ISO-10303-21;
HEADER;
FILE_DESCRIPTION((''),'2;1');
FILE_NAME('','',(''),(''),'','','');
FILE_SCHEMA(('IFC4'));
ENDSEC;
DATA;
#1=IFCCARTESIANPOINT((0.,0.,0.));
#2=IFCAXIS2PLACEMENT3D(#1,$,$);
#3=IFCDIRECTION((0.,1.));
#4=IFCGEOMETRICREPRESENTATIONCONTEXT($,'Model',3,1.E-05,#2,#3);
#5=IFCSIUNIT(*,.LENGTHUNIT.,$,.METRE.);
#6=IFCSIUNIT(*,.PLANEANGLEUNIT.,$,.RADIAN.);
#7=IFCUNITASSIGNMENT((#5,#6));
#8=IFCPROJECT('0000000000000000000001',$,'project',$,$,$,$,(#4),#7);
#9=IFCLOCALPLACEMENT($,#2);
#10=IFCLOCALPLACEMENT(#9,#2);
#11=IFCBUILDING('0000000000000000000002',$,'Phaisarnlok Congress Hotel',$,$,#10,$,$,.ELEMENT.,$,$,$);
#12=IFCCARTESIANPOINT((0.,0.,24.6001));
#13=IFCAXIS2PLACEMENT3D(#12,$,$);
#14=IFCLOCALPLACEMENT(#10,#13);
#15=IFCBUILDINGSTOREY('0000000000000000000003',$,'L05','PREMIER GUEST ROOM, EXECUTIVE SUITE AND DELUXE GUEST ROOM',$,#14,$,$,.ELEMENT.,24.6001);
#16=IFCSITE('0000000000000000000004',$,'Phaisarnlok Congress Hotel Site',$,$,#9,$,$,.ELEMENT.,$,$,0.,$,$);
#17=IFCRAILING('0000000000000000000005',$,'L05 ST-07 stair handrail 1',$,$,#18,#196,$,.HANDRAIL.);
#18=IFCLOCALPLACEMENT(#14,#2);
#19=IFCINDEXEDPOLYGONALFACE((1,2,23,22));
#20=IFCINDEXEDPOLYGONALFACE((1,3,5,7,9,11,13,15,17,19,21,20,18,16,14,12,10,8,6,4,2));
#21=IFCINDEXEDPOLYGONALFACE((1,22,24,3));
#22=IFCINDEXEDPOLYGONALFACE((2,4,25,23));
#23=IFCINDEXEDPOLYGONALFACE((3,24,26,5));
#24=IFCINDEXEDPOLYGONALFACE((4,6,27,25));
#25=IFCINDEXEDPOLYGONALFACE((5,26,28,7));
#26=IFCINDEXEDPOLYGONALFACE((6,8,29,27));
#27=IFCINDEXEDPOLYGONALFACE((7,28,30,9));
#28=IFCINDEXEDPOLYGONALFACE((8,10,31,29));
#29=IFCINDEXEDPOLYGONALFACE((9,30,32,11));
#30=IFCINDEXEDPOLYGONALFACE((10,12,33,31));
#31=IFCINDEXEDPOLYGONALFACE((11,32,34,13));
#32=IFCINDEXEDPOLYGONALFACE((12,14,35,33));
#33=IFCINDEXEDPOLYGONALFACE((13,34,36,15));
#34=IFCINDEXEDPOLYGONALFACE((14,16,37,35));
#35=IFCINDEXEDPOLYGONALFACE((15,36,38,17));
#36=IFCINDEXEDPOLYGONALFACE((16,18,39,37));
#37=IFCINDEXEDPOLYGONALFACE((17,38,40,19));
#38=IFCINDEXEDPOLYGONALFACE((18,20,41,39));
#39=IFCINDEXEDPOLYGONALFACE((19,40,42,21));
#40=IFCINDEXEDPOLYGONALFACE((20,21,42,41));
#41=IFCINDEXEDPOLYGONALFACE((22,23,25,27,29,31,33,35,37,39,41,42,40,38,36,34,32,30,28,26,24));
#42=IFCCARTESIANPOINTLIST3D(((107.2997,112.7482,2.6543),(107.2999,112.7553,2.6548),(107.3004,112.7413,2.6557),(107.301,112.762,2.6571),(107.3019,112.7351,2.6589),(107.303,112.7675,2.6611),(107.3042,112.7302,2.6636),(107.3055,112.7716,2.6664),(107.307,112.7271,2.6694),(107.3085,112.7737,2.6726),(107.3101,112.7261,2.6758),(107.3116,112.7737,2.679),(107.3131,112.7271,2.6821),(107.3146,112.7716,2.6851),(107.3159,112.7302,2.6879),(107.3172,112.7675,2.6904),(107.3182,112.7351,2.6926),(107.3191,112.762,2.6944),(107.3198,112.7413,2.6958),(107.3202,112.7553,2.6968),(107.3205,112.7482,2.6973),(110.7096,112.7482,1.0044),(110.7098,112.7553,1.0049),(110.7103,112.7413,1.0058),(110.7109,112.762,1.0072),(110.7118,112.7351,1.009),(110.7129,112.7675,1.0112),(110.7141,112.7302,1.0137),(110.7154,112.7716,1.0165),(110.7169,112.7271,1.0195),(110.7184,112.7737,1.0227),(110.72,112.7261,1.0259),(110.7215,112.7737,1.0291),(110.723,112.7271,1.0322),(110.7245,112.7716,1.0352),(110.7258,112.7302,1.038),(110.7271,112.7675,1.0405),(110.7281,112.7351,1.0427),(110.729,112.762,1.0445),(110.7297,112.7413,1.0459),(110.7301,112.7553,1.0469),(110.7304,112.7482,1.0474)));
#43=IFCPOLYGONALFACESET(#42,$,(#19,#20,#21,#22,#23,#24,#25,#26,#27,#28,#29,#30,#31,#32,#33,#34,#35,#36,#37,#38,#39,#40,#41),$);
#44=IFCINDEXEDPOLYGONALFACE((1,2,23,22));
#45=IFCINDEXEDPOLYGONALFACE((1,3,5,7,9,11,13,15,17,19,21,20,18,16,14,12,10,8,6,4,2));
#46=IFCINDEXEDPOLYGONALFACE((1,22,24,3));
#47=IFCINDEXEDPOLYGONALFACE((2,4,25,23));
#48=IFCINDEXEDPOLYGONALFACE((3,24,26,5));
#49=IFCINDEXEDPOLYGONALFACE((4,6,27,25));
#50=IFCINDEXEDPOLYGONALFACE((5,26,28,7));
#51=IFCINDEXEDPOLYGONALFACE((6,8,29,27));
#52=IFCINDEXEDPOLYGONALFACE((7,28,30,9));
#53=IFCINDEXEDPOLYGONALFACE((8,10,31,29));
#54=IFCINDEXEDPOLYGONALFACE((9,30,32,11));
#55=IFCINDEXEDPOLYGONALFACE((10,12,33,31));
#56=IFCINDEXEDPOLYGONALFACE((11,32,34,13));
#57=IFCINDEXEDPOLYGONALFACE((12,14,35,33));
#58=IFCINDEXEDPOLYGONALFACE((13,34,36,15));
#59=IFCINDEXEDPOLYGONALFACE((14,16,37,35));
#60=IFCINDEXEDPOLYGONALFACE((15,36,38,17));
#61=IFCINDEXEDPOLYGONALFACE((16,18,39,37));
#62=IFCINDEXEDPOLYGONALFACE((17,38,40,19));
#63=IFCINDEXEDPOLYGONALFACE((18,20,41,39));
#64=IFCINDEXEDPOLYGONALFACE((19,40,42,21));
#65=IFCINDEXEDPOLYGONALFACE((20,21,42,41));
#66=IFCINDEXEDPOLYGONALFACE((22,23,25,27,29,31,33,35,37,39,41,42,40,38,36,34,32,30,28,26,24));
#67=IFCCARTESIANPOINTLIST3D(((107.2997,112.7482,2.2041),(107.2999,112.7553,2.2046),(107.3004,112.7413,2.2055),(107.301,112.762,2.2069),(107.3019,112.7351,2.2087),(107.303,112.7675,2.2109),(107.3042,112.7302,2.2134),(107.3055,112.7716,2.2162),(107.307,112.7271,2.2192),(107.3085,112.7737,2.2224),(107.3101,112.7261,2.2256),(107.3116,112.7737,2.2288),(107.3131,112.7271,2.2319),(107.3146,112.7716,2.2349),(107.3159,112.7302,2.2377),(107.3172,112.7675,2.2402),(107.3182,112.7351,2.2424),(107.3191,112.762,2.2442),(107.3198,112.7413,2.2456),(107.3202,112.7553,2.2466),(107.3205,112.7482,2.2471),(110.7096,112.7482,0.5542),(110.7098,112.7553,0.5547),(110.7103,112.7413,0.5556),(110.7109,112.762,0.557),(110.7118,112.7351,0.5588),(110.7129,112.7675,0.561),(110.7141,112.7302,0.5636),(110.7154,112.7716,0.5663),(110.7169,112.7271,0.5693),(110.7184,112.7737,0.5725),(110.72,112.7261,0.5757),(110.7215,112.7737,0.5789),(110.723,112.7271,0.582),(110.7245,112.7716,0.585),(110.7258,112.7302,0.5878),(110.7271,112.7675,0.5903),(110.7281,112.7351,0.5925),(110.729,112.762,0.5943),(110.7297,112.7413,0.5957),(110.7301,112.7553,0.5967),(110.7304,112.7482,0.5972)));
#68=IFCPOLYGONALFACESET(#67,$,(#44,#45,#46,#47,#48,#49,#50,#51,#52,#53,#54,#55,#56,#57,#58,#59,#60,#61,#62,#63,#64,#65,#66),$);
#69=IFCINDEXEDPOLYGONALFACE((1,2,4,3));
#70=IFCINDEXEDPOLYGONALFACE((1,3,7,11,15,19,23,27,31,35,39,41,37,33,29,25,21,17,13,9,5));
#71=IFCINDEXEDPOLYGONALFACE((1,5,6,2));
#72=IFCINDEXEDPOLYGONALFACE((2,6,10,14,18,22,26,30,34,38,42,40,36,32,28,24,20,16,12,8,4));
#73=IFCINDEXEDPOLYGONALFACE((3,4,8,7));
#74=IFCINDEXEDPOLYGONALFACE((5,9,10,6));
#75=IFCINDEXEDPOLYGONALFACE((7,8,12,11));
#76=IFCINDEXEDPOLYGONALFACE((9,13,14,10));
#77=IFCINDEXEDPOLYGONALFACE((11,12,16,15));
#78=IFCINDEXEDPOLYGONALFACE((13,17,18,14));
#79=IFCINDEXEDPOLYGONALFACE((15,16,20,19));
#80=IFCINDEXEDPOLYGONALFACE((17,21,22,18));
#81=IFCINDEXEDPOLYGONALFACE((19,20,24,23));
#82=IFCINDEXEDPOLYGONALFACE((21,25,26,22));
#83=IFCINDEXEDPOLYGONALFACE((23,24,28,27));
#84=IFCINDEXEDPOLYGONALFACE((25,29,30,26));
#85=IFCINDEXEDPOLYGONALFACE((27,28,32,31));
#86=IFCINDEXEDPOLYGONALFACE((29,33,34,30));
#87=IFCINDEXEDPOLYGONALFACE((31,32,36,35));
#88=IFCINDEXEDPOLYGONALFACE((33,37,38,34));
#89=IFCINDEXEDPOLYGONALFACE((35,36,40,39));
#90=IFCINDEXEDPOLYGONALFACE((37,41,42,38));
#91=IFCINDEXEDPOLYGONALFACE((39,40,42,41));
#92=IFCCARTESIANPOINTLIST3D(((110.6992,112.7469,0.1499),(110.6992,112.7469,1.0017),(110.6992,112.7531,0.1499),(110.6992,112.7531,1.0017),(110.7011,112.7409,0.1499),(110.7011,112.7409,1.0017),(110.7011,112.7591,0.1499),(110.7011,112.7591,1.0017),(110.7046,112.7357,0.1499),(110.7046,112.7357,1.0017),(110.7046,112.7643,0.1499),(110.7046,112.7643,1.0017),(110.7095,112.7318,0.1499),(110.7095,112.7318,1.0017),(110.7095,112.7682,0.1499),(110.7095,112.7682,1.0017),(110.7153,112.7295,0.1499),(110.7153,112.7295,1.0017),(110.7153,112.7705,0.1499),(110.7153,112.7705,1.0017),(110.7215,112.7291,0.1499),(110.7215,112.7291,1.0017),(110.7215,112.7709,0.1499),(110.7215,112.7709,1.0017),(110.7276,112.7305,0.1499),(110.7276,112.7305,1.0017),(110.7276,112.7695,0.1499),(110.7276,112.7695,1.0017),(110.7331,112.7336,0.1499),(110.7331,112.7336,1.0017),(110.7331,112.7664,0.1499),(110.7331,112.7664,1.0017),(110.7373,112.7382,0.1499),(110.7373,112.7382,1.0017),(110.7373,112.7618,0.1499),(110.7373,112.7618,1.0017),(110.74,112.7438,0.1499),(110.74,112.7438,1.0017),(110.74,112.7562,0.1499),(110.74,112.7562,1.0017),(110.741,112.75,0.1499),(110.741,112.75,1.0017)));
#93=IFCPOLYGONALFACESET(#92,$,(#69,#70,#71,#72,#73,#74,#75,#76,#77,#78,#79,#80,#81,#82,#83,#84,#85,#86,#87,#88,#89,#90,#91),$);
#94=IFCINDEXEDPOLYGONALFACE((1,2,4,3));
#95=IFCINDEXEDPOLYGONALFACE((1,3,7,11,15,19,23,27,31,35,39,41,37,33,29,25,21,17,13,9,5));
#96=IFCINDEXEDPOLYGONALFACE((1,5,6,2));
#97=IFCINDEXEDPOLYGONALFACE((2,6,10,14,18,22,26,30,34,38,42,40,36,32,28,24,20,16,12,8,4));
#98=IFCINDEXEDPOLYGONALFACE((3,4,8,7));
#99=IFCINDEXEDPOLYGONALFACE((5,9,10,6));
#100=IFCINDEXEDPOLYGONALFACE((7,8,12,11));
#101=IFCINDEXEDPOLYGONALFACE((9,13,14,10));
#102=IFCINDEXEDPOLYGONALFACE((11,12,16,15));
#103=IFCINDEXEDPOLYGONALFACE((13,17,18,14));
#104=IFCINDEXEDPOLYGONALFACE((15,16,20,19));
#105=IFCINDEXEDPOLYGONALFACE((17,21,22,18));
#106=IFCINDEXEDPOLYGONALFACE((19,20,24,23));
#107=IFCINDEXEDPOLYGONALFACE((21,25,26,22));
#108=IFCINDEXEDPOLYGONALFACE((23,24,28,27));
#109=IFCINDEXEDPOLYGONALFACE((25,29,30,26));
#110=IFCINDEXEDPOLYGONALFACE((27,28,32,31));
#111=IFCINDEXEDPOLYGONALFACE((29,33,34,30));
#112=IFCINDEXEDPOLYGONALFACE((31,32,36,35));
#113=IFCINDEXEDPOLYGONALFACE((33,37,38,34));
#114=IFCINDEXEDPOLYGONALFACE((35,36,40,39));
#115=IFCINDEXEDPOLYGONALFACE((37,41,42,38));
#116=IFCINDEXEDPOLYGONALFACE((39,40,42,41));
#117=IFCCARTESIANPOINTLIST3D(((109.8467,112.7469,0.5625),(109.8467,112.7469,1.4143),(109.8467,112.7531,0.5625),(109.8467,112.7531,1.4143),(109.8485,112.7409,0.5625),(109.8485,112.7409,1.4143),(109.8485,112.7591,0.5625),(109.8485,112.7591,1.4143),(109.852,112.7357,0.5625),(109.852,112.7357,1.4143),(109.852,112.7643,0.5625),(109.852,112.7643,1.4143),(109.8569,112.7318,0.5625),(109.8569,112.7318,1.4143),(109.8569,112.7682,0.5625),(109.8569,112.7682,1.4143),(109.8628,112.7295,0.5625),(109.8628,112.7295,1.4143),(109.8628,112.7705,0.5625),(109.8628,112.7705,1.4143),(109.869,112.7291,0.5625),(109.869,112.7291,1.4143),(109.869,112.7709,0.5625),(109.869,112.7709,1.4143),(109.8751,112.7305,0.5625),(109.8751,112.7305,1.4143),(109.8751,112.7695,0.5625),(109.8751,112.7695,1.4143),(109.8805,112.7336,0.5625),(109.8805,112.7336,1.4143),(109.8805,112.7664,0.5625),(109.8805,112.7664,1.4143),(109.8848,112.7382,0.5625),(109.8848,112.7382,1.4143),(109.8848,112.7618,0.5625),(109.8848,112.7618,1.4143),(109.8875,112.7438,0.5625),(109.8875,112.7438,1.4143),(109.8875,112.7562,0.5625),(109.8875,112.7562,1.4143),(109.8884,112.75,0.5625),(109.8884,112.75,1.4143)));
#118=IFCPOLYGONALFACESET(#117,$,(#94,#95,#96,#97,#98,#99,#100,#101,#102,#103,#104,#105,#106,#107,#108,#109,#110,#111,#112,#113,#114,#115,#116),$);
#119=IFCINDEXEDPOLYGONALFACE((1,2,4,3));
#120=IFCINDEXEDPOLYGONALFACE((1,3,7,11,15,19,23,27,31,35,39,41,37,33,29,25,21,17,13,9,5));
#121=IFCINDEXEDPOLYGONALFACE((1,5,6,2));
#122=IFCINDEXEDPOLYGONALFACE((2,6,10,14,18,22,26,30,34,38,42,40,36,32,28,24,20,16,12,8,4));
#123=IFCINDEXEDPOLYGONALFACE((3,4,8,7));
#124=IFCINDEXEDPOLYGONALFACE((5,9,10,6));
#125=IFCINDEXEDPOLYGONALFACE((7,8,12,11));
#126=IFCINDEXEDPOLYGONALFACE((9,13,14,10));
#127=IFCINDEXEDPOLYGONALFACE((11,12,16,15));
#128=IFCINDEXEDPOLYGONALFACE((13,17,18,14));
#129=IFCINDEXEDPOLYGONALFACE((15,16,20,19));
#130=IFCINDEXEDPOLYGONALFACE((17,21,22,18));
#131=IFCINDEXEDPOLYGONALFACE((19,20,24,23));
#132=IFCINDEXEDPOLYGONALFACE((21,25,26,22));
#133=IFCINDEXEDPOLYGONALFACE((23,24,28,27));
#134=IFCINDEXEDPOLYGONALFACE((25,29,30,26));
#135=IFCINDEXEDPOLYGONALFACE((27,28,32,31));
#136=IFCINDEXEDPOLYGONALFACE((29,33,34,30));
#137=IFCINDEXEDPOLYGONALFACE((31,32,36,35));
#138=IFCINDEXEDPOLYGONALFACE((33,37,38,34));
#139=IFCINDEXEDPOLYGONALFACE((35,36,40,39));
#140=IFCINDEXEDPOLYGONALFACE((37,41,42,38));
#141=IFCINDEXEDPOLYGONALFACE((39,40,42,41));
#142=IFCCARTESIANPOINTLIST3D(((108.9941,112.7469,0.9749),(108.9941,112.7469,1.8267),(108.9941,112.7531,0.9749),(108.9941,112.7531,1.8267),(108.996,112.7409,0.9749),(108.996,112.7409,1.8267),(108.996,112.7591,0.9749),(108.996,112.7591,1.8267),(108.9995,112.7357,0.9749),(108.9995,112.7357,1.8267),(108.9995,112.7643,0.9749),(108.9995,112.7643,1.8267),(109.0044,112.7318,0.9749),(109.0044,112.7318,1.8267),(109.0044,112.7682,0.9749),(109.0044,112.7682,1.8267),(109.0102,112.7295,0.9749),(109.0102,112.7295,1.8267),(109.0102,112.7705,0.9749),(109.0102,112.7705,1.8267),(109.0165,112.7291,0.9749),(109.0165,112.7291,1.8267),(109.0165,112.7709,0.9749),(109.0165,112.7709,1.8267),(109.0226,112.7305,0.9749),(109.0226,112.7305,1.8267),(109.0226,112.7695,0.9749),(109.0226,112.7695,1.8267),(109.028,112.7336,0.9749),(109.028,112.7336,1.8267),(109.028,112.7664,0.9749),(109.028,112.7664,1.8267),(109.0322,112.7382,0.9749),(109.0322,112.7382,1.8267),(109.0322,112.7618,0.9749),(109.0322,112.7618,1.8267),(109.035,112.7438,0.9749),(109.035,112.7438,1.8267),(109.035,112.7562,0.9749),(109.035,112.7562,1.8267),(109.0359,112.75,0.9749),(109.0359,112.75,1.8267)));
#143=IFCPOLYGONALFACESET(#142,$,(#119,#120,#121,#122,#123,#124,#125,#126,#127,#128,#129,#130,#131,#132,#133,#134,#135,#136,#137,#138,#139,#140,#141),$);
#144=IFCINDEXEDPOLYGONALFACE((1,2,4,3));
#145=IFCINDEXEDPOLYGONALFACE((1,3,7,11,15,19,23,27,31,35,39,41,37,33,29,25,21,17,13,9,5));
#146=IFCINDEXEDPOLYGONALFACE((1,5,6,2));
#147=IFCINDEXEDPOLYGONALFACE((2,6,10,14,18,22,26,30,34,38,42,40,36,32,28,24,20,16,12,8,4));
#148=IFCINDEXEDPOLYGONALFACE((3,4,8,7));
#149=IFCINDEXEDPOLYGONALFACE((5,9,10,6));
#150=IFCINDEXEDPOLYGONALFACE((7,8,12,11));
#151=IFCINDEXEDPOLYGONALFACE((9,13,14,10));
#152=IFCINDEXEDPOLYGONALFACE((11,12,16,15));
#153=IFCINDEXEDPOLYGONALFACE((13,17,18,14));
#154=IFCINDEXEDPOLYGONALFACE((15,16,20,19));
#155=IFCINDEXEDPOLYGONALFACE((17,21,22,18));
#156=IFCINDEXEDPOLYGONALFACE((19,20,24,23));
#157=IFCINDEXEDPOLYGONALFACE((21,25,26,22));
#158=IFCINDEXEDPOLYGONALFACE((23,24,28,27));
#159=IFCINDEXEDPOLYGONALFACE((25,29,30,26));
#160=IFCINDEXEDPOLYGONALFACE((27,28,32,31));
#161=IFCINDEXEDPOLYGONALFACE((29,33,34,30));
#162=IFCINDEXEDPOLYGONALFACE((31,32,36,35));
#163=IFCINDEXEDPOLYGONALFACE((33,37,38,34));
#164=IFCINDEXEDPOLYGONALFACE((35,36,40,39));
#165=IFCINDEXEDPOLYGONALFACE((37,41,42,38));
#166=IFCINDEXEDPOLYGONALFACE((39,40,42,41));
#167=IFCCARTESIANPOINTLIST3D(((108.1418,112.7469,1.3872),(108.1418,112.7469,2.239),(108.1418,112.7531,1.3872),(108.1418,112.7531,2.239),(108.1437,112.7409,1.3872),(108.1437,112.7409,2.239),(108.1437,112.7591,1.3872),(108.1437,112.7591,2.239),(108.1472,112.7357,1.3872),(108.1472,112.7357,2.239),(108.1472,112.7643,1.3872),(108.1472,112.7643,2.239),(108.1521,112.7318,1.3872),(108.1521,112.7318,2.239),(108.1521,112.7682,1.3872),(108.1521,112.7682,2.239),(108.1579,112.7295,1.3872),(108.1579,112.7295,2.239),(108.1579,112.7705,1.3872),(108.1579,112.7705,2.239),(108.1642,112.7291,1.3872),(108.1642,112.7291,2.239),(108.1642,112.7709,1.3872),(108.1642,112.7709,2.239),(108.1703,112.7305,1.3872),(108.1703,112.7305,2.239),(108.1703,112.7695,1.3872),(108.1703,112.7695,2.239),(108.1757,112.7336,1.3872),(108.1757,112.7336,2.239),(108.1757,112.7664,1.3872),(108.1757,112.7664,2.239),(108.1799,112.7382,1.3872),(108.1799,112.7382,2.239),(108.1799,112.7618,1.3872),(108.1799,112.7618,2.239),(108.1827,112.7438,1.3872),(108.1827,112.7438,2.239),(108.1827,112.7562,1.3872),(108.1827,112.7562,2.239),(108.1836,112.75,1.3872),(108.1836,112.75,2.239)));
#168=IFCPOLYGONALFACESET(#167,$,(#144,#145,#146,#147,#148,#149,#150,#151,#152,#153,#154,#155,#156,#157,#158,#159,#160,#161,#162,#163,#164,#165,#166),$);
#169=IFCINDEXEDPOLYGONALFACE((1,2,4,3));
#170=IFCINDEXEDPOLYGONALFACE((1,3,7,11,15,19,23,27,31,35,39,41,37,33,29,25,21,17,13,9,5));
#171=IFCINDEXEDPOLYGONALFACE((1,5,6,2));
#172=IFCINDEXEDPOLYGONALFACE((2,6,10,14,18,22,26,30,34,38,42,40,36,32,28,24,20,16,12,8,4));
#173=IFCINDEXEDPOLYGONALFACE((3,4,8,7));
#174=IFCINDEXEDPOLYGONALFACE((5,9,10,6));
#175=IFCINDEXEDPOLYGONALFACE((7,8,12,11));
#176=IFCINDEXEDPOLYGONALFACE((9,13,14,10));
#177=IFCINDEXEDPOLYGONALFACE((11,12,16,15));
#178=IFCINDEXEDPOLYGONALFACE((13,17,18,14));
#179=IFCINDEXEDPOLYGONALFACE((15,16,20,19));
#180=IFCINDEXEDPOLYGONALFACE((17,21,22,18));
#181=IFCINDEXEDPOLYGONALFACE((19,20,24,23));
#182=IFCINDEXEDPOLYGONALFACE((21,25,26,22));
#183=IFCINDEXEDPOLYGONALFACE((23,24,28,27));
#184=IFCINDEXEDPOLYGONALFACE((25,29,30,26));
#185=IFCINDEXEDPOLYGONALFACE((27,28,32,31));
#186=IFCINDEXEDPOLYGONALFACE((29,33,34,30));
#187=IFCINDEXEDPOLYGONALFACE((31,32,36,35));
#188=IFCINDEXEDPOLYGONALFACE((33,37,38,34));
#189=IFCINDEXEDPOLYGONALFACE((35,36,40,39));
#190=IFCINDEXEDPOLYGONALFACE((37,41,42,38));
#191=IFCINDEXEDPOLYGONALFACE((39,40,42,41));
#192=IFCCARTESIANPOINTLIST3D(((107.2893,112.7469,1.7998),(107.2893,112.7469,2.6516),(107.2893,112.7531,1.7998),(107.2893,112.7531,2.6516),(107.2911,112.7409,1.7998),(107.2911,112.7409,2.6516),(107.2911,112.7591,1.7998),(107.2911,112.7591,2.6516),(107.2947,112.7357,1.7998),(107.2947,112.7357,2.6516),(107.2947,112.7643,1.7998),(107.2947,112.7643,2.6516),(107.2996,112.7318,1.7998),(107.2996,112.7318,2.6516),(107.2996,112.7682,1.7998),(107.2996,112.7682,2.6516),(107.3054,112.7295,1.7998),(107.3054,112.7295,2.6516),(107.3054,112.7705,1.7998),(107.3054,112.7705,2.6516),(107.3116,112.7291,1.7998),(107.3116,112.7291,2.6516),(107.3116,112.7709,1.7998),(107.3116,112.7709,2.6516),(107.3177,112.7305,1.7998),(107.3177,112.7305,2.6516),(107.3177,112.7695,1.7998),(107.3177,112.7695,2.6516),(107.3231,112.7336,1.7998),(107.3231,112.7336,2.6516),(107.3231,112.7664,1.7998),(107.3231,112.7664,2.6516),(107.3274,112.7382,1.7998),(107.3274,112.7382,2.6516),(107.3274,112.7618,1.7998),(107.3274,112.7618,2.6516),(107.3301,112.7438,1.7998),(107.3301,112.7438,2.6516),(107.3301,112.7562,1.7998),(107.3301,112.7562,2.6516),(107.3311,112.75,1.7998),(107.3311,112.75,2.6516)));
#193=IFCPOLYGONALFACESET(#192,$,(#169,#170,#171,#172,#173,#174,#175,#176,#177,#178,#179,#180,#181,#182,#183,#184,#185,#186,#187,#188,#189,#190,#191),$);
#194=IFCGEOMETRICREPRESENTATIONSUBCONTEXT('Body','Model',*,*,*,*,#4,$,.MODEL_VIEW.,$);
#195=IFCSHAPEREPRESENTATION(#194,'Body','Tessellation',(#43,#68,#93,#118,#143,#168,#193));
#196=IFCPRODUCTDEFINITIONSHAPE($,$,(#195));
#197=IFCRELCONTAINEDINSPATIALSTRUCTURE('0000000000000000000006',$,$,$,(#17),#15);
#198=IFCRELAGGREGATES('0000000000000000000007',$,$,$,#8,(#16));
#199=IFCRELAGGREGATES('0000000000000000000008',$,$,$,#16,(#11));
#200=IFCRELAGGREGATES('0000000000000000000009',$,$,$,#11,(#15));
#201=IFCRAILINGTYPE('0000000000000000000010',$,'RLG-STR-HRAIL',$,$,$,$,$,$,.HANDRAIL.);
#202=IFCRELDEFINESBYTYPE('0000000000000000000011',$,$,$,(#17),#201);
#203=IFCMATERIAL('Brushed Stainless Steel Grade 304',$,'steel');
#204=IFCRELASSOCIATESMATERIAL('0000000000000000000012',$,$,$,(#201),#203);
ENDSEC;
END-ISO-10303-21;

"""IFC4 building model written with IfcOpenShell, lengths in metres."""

from ifc_helpers import new_model, si_unit, direction, frame, origin, origin_2d, place, context, subcontext, project, spatial, circle, extrude, material, type_object, element, save


model = new_model("IFC4")

# Units and contexts
model_context = context("Model", 3, precision=1e-05, world=origin(), true_north=direction((0.0, 1.0)))
body_context = subcontext(model_context, "Body", "Model", "MODEL_VIEW")
ifc_project = project(units=[si_unit("LENGTHUNIT", "METRE"), si_unit("PLANEANGLEUNIT", "RADIAN")], contexts=[model_context])

# Site, building, storey
site_placement = place(None, origin())
site = spatial("IfcSite", under=ifc_project, at=site_placement, Name="Phaisarnlok Congress Hotel Site", CompositionType="ELEMENT", RefElevation=0.0)
building_placement = place(site_placement, origin())
building = spatial("IfcBuilding", under=site, at=building_placement, Name="Phaisarnlok Congress Hotel", CompositionType="ELEMENT")
storey_placement = place(building_placement, frame((0.0, 0.0, 24.6001)))
storey = spatial("IfcBuildingStorey", under=building, at=storey_placement, Name="L05", Description="PREMIER GUEST ROOM, EXECUTIVE SUITE AND DELUXE GUEST ROOM", CompositionType="ELEMENT", Elevation=24.6001)

# Railing
ifc_material_1 = material(Name="Brushed Stainless Steel Grade 304", Category="steel")
railing_type_1 = type_object("IfcRailingType", Name="RLG-STR-HRAIL", PredefinedType="HANDRAIL", material=ifc_material_1)
railing_1_placement = place(storey_placement, frame((110.72, 112.75, 0.1499)))
element("IfcRailing", 1, at=railing_1_placement, inside=storey, type_object=railing_type_1, Name="L05 ST-07 stair handrail 1", PredefinedType="HANDRAIL", context=body_context, shape_type="SweptSolid", body=[
    extrude(circle(Radius=0.0239, at=origin_2d()), frame((0.0, 0.0, 0.876), z_axis=(-0.900165, 0.0, 0.435549), x_axis=(0.0, -1.0, 0.0)), (0.0, 0.0, 1.0), 3.7881),
    extrude(circle(Radius=0.0239, at=origin_2d()), frame((0.0, 0.0, 0.4258), z_axis=(-0.900165, 0.0, 0.435549), x_axis=(0.0, -1.0, 0.0)), (0.0, 0.0, 1.0), 3.7881),
    extrude(circle(Radius=0.021, at=origin_2d()), origin(), (0.0, 0.0, 1.0), 0.8518),
    extrude(circle(Radius=0.021, at=origin_2d()), frame((-0.8525, 0.0, 0.4126)), (0.0, 0.0, 1.0), 0.8518),
    extrude(circle(Radius=0.021, at=origin_2d()), frame((-1.7051, 0.0, 0.825)), (0.0, 0.0, 1.0), 0.8518),
    extrude(circle(Radius=0.021, at=origin_2d()), frame((-2.5574, 0.0, 1.2373)), (0.0, 0.0, 1.0), 0.8518),
    extrude(circle(Radius=0.021, at=origin_2d()), frame((-3.4099, 0.0, 1.6499)), (0.0, 0.0, 1.0), 0.8518),
])

save(model, "model.ifc")
